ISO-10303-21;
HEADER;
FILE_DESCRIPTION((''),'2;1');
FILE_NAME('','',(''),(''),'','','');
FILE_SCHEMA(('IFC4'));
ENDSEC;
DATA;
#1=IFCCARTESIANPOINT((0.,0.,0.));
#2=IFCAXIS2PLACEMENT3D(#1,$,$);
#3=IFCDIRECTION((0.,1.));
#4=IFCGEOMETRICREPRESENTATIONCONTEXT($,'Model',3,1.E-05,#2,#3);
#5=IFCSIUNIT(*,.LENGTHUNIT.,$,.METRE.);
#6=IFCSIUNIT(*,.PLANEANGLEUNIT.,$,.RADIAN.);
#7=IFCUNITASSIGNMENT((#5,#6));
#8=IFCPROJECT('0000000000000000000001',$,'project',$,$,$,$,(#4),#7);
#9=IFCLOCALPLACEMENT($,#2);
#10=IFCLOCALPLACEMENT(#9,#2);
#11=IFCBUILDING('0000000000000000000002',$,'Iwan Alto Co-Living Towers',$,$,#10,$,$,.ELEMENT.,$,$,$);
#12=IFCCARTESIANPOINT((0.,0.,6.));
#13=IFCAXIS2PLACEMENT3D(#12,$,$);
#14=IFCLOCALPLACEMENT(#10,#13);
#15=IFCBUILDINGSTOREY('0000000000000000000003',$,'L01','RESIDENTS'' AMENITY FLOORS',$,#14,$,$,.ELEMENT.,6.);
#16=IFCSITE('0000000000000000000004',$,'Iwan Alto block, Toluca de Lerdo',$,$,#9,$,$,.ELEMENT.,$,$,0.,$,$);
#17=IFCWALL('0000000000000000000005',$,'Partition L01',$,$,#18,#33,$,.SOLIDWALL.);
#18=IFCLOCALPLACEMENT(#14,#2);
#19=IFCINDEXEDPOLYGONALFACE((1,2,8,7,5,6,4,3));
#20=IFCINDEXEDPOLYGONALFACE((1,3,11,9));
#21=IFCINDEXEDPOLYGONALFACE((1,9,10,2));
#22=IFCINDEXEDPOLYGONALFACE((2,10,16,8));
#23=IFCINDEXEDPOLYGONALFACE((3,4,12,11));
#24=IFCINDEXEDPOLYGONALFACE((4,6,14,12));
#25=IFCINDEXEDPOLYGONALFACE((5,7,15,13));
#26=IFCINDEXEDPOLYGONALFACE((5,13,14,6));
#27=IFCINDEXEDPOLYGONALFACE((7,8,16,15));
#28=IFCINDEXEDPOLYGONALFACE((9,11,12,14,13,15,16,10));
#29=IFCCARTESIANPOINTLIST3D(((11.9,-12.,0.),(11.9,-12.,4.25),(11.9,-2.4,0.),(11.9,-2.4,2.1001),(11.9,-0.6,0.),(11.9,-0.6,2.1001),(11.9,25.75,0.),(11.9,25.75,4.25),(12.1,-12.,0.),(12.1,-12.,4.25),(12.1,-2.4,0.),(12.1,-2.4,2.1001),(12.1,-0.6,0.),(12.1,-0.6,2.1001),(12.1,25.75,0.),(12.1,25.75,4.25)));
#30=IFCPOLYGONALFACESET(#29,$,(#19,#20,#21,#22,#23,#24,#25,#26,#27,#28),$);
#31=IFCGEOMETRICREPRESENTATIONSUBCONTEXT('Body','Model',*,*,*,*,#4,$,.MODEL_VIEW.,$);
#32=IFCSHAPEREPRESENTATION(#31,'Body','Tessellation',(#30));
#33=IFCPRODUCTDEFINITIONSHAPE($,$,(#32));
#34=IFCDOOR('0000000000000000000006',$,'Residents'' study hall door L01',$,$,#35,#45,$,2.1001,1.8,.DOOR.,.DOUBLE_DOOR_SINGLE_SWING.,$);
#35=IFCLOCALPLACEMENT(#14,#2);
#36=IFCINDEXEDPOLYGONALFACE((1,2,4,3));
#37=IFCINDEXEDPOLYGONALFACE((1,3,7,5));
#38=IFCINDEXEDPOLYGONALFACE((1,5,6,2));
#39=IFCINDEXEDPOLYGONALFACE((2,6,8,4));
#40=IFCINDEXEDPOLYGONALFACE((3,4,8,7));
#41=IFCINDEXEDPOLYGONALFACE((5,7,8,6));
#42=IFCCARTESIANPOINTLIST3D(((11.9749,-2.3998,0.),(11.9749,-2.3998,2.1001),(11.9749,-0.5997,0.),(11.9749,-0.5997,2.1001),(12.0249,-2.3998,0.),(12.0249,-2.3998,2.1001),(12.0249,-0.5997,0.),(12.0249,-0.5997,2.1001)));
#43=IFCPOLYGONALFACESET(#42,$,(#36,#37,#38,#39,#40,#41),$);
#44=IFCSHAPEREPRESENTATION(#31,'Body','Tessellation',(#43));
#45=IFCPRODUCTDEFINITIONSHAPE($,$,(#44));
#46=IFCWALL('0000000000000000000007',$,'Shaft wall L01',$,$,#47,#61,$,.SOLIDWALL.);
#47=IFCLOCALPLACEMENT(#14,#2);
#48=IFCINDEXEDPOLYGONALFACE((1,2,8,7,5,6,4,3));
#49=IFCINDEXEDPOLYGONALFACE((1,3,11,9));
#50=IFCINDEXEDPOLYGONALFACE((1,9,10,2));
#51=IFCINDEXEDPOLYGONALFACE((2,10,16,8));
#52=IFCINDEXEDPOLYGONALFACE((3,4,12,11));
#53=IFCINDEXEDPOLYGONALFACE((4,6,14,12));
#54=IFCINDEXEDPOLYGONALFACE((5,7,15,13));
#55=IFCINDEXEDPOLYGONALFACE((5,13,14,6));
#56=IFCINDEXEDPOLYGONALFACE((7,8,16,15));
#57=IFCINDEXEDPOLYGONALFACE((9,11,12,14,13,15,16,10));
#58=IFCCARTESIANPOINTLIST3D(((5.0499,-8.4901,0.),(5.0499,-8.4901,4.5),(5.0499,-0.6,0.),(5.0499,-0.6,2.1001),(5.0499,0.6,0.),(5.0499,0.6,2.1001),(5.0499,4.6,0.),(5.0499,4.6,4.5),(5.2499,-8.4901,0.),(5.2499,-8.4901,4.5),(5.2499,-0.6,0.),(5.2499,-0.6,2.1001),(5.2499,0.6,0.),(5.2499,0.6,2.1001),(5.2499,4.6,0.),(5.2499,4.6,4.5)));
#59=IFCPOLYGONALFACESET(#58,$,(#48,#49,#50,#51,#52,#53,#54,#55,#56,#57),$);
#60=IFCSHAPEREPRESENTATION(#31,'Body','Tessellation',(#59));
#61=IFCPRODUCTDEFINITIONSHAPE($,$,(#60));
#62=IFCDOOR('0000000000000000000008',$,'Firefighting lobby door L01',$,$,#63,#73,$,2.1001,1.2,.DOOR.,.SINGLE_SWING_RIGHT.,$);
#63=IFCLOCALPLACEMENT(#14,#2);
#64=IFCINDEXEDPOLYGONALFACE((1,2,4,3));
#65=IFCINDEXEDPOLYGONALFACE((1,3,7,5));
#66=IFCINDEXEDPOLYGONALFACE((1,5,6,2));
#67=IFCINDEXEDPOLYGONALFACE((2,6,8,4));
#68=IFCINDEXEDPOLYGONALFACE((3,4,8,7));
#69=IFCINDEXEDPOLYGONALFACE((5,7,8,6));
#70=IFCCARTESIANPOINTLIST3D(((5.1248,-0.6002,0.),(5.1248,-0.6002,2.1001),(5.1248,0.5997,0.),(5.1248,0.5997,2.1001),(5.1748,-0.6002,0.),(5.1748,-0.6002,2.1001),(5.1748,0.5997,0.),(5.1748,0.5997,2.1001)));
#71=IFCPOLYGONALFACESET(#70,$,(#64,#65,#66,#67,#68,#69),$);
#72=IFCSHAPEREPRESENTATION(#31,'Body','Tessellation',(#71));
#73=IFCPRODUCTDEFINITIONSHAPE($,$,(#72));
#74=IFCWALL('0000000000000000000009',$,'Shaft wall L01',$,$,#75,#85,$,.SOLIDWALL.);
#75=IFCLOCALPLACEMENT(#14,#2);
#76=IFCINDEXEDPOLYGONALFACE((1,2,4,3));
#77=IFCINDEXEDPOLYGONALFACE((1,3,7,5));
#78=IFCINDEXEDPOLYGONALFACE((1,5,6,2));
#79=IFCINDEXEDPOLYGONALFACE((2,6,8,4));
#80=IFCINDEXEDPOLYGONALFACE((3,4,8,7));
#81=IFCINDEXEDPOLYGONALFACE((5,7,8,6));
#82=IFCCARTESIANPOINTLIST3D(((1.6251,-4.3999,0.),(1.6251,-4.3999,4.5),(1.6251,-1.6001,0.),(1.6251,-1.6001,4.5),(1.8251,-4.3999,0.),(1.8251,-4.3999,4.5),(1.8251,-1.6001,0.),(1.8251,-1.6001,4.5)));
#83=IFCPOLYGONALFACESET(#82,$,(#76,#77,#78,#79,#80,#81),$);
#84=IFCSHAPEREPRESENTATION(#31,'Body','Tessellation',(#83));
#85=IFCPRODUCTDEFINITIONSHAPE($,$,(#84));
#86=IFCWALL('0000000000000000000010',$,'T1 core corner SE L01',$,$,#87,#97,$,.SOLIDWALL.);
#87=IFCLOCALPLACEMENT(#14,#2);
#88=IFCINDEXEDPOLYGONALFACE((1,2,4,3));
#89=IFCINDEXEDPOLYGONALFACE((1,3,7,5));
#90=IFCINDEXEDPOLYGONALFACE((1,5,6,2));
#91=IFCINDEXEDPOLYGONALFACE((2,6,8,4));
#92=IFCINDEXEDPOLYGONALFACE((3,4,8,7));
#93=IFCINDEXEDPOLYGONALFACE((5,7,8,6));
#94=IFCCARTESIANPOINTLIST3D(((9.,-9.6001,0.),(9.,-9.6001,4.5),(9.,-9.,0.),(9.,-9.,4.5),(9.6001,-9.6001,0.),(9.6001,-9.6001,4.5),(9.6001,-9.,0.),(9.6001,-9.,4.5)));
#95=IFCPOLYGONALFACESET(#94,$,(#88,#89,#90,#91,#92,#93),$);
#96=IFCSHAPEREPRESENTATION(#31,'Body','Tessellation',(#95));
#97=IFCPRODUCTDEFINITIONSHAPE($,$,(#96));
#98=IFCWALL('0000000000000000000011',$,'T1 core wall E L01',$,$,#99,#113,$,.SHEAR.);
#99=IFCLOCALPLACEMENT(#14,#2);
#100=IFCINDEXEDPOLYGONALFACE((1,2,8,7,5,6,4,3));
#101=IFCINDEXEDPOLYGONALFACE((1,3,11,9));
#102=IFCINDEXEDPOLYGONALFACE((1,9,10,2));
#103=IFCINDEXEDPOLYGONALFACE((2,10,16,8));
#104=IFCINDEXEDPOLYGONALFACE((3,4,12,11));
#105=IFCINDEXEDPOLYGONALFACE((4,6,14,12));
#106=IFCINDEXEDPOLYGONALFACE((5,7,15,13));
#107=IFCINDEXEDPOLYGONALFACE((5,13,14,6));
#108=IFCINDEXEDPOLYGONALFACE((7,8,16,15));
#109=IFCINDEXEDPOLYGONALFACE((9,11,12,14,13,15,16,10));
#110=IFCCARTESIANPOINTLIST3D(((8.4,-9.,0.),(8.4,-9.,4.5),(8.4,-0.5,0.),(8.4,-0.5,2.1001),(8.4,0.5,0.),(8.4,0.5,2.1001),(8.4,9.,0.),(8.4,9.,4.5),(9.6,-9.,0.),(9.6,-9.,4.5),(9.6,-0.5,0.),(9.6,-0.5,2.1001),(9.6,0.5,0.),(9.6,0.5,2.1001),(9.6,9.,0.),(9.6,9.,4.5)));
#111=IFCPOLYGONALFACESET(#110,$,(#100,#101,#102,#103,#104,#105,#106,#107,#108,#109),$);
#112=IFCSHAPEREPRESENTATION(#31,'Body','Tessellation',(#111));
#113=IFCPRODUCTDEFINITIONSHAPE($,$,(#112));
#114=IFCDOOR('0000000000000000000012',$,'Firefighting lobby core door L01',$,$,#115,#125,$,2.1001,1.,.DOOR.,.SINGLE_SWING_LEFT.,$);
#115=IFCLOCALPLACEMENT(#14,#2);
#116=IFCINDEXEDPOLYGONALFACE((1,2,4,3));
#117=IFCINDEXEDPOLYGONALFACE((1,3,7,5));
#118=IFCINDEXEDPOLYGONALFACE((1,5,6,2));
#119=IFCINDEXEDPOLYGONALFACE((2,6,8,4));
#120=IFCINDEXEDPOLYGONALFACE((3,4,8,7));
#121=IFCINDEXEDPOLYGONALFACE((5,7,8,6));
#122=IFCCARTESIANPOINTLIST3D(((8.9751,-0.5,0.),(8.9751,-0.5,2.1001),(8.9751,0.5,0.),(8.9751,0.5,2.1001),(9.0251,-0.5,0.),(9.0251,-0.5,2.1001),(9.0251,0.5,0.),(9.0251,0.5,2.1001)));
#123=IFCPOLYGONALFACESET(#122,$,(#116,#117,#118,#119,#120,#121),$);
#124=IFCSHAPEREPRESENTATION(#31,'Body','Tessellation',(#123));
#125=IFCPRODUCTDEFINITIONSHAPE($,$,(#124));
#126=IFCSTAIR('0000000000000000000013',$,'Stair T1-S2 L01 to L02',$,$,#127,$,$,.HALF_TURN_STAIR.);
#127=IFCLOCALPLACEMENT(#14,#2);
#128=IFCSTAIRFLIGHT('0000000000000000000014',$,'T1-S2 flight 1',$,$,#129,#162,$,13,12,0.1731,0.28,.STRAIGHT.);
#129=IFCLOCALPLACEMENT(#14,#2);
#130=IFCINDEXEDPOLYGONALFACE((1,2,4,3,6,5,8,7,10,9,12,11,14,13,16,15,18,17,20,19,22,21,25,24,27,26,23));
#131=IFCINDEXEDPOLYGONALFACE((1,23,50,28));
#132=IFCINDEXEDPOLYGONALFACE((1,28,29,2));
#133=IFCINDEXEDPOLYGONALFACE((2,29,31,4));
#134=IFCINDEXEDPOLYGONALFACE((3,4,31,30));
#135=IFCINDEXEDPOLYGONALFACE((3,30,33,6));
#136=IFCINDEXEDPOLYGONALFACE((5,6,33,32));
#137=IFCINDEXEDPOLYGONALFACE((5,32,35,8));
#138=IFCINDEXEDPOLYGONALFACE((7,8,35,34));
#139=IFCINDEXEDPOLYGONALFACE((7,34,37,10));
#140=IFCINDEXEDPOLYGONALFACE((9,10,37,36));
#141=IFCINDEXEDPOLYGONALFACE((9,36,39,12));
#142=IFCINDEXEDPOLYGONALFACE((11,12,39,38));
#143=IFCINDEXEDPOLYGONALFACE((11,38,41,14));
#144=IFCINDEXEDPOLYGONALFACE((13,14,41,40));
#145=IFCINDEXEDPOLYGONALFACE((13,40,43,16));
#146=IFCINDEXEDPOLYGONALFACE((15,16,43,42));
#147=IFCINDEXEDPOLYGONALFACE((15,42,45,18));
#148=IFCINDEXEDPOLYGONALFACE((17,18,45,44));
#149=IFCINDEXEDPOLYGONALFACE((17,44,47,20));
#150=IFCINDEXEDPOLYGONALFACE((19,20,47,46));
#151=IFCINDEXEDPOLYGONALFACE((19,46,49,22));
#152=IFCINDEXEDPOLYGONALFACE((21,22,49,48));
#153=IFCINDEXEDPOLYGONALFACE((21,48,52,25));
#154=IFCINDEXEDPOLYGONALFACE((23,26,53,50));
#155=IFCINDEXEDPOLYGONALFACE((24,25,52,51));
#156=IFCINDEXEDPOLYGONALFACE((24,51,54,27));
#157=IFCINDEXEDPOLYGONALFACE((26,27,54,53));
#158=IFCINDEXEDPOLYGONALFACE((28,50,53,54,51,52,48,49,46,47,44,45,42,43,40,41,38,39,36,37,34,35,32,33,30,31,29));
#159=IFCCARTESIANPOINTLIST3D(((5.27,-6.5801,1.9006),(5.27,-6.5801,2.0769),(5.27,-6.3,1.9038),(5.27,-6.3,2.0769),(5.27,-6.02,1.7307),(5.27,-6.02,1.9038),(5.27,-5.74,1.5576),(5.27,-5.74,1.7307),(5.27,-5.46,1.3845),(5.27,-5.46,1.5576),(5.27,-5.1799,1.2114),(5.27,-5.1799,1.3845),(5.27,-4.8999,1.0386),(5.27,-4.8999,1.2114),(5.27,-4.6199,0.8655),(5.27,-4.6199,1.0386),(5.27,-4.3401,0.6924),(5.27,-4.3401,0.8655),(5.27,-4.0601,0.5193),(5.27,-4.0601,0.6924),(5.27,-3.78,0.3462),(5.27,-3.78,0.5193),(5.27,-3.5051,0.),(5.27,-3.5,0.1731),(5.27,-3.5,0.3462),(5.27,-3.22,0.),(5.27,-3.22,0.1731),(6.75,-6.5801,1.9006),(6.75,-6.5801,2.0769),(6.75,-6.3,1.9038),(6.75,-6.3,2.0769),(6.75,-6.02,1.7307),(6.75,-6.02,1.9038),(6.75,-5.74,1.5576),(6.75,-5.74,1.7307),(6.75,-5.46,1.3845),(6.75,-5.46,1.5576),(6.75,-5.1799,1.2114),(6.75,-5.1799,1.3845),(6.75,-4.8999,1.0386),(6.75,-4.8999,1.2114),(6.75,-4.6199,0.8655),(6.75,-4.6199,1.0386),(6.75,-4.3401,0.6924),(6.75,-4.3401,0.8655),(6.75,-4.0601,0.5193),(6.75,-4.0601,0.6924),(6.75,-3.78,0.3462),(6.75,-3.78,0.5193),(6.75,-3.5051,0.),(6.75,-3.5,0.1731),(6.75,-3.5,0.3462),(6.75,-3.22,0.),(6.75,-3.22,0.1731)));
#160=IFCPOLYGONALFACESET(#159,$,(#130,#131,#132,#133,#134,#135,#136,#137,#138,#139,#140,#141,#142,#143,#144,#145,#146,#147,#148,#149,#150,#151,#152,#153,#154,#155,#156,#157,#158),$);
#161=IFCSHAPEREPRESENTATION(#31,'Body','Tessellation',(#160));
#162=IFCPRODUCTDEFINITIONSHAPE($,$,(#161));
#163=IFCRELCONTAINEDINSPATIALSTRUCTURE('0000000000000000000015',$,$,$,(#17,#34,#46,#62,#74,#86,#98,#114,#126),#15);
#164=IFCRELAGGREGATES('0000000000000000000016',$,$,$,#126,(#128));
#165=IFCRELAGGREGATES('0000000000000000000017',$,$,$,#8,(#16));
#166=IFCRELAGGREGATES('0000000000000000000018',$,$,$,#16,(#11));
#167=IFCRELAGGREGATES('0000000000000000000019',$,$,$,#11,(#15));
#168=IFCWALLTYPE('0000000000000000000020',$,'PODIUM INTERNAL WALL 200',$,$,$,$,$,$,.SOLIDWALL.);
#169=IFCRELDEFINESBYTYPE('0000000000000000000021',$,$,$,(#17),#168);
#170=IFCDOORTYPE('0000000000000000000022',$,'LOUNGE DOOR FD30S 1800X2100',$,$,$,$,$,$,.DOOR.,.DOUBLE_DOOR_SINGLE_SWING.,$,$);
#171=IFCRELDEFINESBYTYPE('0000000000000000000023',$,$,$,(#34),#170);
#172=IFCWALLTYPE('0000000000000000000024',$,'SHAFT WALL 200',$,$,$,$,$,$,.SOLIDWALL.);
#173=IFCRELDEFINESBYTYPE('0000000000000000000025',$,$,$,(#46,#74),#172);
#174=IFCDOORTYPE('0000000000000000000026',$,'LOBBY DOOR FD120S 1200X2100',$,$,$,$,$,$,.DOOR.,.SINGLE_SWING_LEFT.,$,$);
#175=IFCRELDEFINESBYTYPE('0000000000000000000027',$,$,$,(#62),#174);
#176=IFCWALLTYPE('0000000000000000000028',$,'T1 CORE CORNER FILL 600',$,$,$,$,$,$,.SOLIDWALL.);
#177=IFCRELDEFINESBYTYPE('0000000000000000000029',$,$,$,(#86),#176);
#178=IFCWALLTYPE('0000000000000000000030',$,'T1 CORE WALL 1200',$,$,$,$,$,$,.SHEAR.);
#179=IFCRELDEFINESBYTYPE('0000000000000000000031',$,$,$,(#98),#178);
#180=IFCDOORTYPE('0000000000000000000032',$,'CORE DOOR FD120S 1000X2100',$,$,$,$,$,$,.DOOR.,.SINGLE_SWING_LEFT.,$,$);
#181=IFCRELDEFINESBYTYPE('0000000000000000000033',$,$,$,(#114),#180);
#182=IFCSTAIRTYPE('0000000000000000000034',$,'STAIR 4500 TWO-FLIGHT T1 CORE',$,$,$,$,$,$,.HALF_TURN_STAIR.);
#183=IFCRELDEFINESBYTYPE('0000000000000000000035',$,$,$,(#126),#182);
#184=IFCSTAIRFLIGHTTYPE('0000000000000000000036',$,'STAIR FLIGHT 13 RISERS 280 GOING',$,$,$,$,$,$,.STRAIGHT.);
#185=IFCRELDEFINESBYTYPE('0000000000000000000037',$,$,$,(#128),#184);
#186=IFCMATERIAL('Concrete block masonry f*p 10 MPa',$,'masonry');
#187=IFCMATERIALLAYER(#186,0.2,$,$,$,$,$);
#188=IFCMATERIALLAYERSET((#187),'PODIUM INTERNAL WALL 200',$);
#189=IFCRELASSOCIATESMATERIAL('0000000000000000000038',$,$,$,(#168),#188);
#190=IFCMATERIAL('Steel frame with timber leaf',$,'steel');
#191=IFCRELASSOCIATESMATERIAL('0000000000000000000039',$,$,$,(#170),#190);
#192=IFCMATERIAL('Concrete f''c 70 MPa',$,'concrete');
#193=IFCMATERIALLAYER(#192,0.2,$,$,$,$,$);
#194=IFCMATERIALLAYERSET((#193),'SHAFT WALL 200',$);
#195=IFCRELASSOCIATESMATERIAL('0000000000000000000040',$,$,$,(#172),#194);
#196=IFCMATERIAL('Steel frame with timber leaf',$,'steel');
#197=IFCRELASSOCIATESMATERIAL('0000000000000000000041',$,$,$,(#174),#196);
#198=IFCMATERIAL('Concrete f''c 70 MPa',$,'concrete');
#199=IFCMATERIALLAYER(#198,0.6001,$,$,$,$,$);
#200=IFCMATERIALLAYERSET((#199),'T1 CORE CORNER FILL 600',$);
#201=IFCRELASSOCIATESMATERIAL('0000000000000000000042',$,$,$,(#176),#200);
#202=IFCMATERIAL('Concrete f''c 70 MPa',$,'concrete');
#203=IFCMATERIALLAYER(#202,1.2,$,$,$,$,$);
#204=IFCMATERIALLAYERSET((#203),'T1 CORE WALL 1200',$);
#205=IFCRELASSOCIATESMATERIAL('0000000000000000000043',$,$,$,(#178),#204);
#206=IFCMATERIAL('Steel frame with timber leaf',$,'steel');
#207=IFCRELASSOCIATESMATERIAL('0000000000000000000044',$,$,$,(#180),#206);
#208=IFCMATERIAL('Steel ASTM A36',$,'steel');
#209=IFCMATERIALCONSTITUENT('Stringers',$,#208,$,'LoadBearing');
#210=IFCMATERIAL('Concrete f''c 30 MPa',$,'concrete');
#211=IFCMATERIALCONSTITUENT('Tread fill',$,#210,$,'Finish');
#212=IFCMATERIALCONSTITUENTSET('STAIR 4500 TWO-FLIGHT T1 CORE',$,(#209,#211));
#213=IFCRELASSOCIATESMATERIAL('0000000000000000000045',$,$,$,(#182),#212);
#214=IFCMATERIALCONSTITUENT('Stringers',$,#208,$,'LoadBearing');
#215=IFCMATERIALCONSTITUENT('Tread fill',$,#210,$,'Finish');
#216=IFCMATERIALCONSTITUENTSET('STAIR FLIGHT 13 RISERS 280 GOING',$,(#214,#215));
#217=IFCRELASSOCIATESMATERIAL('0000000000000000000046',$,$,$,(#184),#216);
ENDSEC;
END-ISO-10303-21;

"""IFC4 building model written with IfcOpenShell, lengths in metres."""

from ifc_helpers import new_model, si_unit, direction, frame, frame_2d, origin, place, context, subcontext, project, spatial, polyline, rectangle, outline, extrude, material, layer, layer_set, constituent, constituent_set, type_object, element, fill, aggregate, save


model = new_model("IFC4")

# Units and contexts
model_context = context("Model", 3, precision=1e-05, world=origin(), true_north=direction((0.0, 1.0)))
body_context = subcontext(model_context, "Body", "Model", "MODEL_VIEW")
ifc_project = project(units=[si_unit("LENGTHUNIT", "METRE"), si_unit("PLANEANGLEUNIT", "RADIAN")], contexts=[model_context])

# Site, building, storey
site_placement = place(None, origin())
site = spatial("IfcSite", under=ifc_project, at=site_placement, Name="Iwan Alto block, Toluca de Lerdo", CompositionType="ELEMENT", RefElevation=0.0)
building_placement = place(site_placement, origin())
building = spatial("IfcBuilding", under=site, at=building_placement, Name="Iwan Alto Co-Living Towers", CompositionType="ELEMENT")
storey_placement = place(building_placement, frame((0.0, 0.0, 6.0)))
storey = spatial("IfcBuildingStorey", under=building, at=storey_placement, Name="L01", Description="RESIDENTS' AMENITY FLOORS", CompositionType="ELEMENT", Elevation=6.0)

# Walls, openings, doors
ifc_material_1 = material(Name="Concrete block masonry f*p 10 MPa", Category="masonry")
ifc_layer_1 = layer(ifc_material_1, 0.2)
ifc_layer_set_1 = layer_set([ifc_layer_1], Name="PODIUM INTERNAL WALL 200")
wall_type_1 = type_object("IfcWallType", Name="PODIUM INTERNAL WALL 200", PredefinedType="SOLIDWALL", material=ifc_layer_set_1)
wall_1_placement = place(storey_placement, frame((12.0, -12.0, 0.0), z_axis=(0.0, 0.0, 1.0), x_axis=(0.0, 1.0, 0.0)))
wall_1 = element("IfcWall", 1, at=wall_1_placement, inside=storey, type_object=wall_type_1, Name="Partition L01", PredefinedType="SOLIDWALL", context=body_context, shape_type="SweptSolid", body=[
    extrude(rectangle(XDim=37.75, YDim=0.2, at=frame_2d((18.875, 0.0))), origin(), (0.0, 0.0, 1.0), 4.25),
])
opening_1_placement = place(wall_1_placement, frame((9.6001, 0.0, 0.0)))
opening_1 = element("IfcOpeningElement", 2, at=opening_1_placement, cuts=wall_1, PredefinedType="OPENING", context=body_context, shape_type="SweptSolid", body=[
    extrude(rectangle(XDim=1.8, YDim=2.1001, at=frame_2d((0.8999, 1.05))), frame((0.0, 0.1099, 0.0), z_axis=(0.0, -1.0, 0.0), x_axis=(1.0, 0.0, 0.0)), (0.0, 0.0, 1.0), 0.22),
])
ifc_material_2 = material(Name="Steel frame with timber leaf", Category="steel")
door_type_1 = type_object("IfcDoorType", Name="LOUNGE DOOR FD30S 1800X2100", OperationType="DOUBLE_DOOR_SINGLE_SWING", PredefinedType="DOOR", material=ifc_material_2)
door_1_placement = place(opening_1_placement, frame((1.8, 0.0, 0.0), z_axis=(0.0, 0.0, 1.0), x_axis=(-1.0, 0.0, 0.0)))
door_1 = element("IfcDoor", 3, at=door_1_placement, inside=storey, type_object=door_type_1, Name="Residents' study hall door L01", OperationType="DOUBLE_DOOR_SINGLE_SWING", OverallHeight=2.1001, OverallWidth=1.8, PredefinedType="DOOR", context=body_context, shape_type="SweptSolid", body=[
    extrude(rectangle(XDim=1.8, YDim=2.1001, at=frame_2d((0.8999, 1.05))), frame((0.0, 0.0249, 0.0), z_axis=(0.0, -1.0, 0.0), x_axis=(1.0, 0.0, 0.0)), (0.0, 0.0, 1.0), 0.05),
])
fill(opening_1, door_1)
ifc_material_3 = material(Name="Concrete f'c 70 MPa", Category="concrete")
ifc_layer_2 = layer(ifc_material_3, 0.2)
ifc_layer_set_2 = layer_set([ifc_layer_2], Name="SHAFT WALL 200")
wall_type_2 = type_object("IfcWallType", Name="SHAFT WALL 200", PredefinedType="SOLIDWALL", material=ifc_layer_set_2)
wall_2_placement = place(storey_placement, frame((5.1499, -8.49, 0.0), z_axis=(0.0, 0.0, 1.0), x_axis=(0.0, 1.0, 0.0)))
wall_2 = element("IfcWall", 4, at=wall_2_placement, inside=storey, type_object=wall_type_2, Name="Shaft wall L01", PredefinedType="SOLIDWALL", context=body_context, shape_type="SweptSolid", body=[
    extrude(rectangle(XDim=13.0901, YDim=0.2, at=frame_2d((6.5449, 0.0))), origin(), (0.0, 0.0, 1.0), 4.5),
])
opening_2_placement = place(wall_2_placement, frame((7.8899, 0.0, 0.0)))
opening_2 = element("IfcOpeningElement", 5, at=opening_2_placement, cuts=wall_2, PredefinedType="OPENING", context=body_context, shape_type="SweptSolid", body=[
    extrude(rectangle(XDim=1.2, YDim=2.1001, at=frame_2d((0.6001, 1.05))), frame((0.0, 0.1099, 0.0), z_axis=(0.0, -1.0, 0.0), x_axis=(1.0, 0.0, 0.0)), (0.0, 0.0, 1.0), 0.22),
])
ifc_material_4 = material(Name="Steel frame with timber leaf", Category="steel")
door_type_2 = type_object("IfcDoorType", Name="LOBBY DOOR FD120S 1200X2100", OperationType="SINGLE_SWING_LEFT", PredefinedType="DOOR", material=ifc_material_4)
door_2_placement = place(opening_2_placement, frame((1.2, 0.0, 0.0), z_axis=(0.0, 0.0, 1.0), x_axis=(-1.0, 0.0, 0.0)))
door_2 = element("IfcDoor", 6, at=door_2_placement, inside=storey, type_object=door_type_2, Name="Firefighting lobby door L01", OperationType="SINGLE_SWING_RIGHT", OverallHeight=2.1001, OverallWidth=1.2, PredefinedType="DOOR", context=body_context, shape_type="SweptSolid", body=[
    extrude(rectangle(XDim=1.2, YDim=2.1001, at=frame_2d((0.6001, 1.05))), frame((0.0, 0.0249, 0.0), z_axis=(0.0, -1.0, 0.0), x_axis=(1.0, 0.0, 0.0)), (0.0, 0.0, 1.0), 0.05),
])
fill(opening_2, door_2)

# Walls
wall_3_placement = place(storey_placement, frame((1.7251, -4.3999, 0.0), z_axis=(0.0, 0.0, 1.0), x_axis=(0.0, 1.0, 0.0)))
element("IfcWall", 7, at=wall_3_placement, inside=storey, type_object=wall_type_2, Name="Shaft wall L01", PredefinedType="SOLIDWALL", context=body_context, shape_type="SweptSolid", body=[
    extrude(rectangle(XDim=2.7998, YDim=0.2, at=frame_2d((1.3999, 0.0))), origin(), (0.0, 0.0, 1.0), 4.5),
])
ifc_material_5 = material(Name="Concrete f'c 70 MPa", Category="concrete")
ifc_layer_3 = layer(ifc_material_5, 0.6001)
ifc_layer_set_3 = layer_set([ifc_layer_3], Name="T1 CORE CORNER FILL 600")
wall_type_3 = type_object("IfcWallType", Name="T1 CORE CORNER FILL 600", PredefinedType="SOLIDWALL", material=ifc_layer_set_3)
wall_4_placement = place(storey_placement, frame((9.0, -9.3, 0.0), z_axis=(0.0, 0.0, 1.0), x_axis=(1.0, 0.0, 0.0)))
element("IfcWall", 8, at=wall_4_placement, inside=storey, type_object=wall_type_3, Name="T1 core corner SE L01", PredefinedType="SOLIDWALL", context=body_context, shape_type="SweptSolid", body=[
    extrude(rectangle(XDim=0.6001, YDim=0.6001, at=frame_2d((0.3, 0.0))), origin(), (0.0, 0.0, 1.0), 4.5),
])

# Wall, opening, door
ifc_material_6 = material(Name="Concrete f'c 70 MPa", Category="concrete")
ifc_layer_4 = layer(ifc_material_6, 1.2)
ifc_layer_set_4 = layer_set([ifc_layer_4], Name="T1 CORE WALL 1200")
wall_type_4 = type_object("IfcWallType", Name="T1 CORE WALL 1200", PredefinedType="SHEAR", material=ifc_layer_set_4)
wall_5_placement = place(storey_placement, frame((9.0, -9.0, 0.0), z_axis=(0.0, 0.0, 1.0), x_axis=(0.0, 1.0, 0.0)))
wall_5 = element("IfcWall", 9, at=wall_5_placement, inside=storey, type_object=wall_type_4, Name="T1 core wall E L01", PredefinedType="SHEAR", context=body_context, shape_type="SweptSolid", body=[
    extrude(rectangle(XDim=18.0, YDim=1.2, at=frame_2d((9.0, 0.0))), origin(), (0.0, 0.0, 1.0), 4.5),
])
opening_3_placement = place(wall_5_placement, frame((8.5, 0.0, 0.0)))
opening_3 = element("IfcOpeningElement", 10, at=opening_3_placement, cuts=wall_5, PredefinedType="OPENING", context=body_context, shape_type="SweptSolid", body=[
    extrude(rectangle(XDim=1.0, YDim=2.1001, at=frame_2d((0.5, 1.05))), frame((0.0, 0.6099, 0.0), z_axis=(0.0, -1.0, 0.0), x_axis=(1.0, 0.0, 0.0)), (0.0, 0.0, 1.0), 1.22),
])
ifc_material_7 = material(Name="Steel frame with timber leaf", Category="steel")
door_type_3 = type_object("IfcDoorType", Name="CORE DOOR FD120S 1000X2100", OperationType="SINGLE_SWING_LEFT", PredefinedType="DOOR", material=ifc_material_7)
door_3_placement = place(opening_3_placement, origin())
door_3 = element("IfcDoor", 11, at=door_3_placement, inside=storey, type_object=door_type_3, Name="Firefighting lobby core door L01", OperationType="SINGLE_SWING_LEFT", OverallHeight=2.1001, OverallWidth=1.0, PredefinedType="DOOR", context=body_context, shape_type="SweptSolid", body=[
    extrude(rectangle(XDim=1.0, YDim=2.1001, at=frame_2d((0.5, 1.05))), frame((0.0, 0.0249, 0.0), z_axis=(0.0, -1.0, 0.0), x_axis=(1.0, 0.0, 0.0)), (0.0, 0.0, 1.0), 0.05),
])
fill(opening_3, door_3)

# Stair, stair flight
ifc_material_8 = material(Name="Steel ASTM A36", Category="steel")
ifc_constituent_1 = constituent(ifc_material_8, Name="Stringers", Category="LoadBearing")
ifc_material_9 = material(Name="Concrete f'c 30 MPa", Category="concrete")
ifc_constituent_2 = constituent(ifc_material_9, Name="Tread fill", Category="Finish")
ifc_constituent_set_1 = constituent_set(constituents=[ifc_constituent_1, ifc_constituent_2], Name="STAIR 4500 TWO-FLIGHT T1 CORE")
stair_type = type_object("IfcStairType", Name="STAIR 4500 TWO-FLIGHT T1 CORE", PredefinedType="HALF_TURN_STAIR", material=ifc_constituent_set_1)
stair_placement = place(storey_placement, origin())
stair = element("IfcStair", 12, at=stair_placement, inside=storey, type_object=stair_type, Name="Stair T1-S2 L01 to L02", PredefinedType="HALF_TURN_STAIR")
ifc_constituent_3 = constituent(ifc_material_8, Name="Stringers", Category="LoadBearing")
ifc_constituent_4 = constituent(ifc_material_9, Name="Tread fill", Category="Finish")
ifc_constituent_set_2 = constituent_set(constituents=[ifc_constituent_3, ifc_constituent_4], Name="STAIR FLIGHT 13 RISERS 280 GOING")
stair_flight_type = type_object("IfcStairFlightType", Name="STAIR FLIGHT 13 RISERS 280 GOING", PredefinedType="STRAIGHT", material=ifc_constituent_set_2)
stair_flight_1_placement = place(storey_placement, frame((6.01, -3.22, 0.0), z_axis=(0.0, 0.0, 1.0), x_axis=(0.0, -1.0, 0.0)))
stair_flight_1 = element("IfcStairFlight", 13, at=stair_flight_1_placement, type_object=stair_flight_type, Name="T1-S2 flight 1", NumberOfRisers=13, NumberOfTreads=12, PredefinedType="STRAIGHT", RiserHeight=0.1731, TreadLength=0.28, context=body_context, shape_type="SweptSolid", body=[
    extrude(outline(polyline([(0.0, 0.0), (0.0, 0.1731), (0.28, 0.1731), (0.28, 0.3462), (0.5601, 0.3462), (0.5601, 0.5193), (0.8401, 0.5193), (0.8401, 0.6924), (1.1201, 0.6924), (1.1201, 0.8655), (1.3999, 0.8655), (1.3999, 1.0386), (1.6799, 1.0386), (1.6799, 1.2114), (1.96, 1.2114), (1.96, 1.3845), (2.24, 1.3845), (2.24, 1.5576), (2.52, 1.5576), (2.52, 1.7307), (2.8, 1.7307), (2.8, 1.9038), (3.0801, 1.9038), (3.0801, 2.0769), (3.3601, 2.0769), (3.3601, 2.25), (3.3601, 1.9006), (0.2852, 0.0), (0.0, 0.0)])), frame((0.0, 0.74, 0.0), z_axis=(0.0, -1.0, 0.0), x_axis=(1.0, 0.0, 0.0)), (0.0, 0.0, 1.0), 1.48),
])
aggregate(stair, [stair_flight_1])

save(model, "model.ifc")
